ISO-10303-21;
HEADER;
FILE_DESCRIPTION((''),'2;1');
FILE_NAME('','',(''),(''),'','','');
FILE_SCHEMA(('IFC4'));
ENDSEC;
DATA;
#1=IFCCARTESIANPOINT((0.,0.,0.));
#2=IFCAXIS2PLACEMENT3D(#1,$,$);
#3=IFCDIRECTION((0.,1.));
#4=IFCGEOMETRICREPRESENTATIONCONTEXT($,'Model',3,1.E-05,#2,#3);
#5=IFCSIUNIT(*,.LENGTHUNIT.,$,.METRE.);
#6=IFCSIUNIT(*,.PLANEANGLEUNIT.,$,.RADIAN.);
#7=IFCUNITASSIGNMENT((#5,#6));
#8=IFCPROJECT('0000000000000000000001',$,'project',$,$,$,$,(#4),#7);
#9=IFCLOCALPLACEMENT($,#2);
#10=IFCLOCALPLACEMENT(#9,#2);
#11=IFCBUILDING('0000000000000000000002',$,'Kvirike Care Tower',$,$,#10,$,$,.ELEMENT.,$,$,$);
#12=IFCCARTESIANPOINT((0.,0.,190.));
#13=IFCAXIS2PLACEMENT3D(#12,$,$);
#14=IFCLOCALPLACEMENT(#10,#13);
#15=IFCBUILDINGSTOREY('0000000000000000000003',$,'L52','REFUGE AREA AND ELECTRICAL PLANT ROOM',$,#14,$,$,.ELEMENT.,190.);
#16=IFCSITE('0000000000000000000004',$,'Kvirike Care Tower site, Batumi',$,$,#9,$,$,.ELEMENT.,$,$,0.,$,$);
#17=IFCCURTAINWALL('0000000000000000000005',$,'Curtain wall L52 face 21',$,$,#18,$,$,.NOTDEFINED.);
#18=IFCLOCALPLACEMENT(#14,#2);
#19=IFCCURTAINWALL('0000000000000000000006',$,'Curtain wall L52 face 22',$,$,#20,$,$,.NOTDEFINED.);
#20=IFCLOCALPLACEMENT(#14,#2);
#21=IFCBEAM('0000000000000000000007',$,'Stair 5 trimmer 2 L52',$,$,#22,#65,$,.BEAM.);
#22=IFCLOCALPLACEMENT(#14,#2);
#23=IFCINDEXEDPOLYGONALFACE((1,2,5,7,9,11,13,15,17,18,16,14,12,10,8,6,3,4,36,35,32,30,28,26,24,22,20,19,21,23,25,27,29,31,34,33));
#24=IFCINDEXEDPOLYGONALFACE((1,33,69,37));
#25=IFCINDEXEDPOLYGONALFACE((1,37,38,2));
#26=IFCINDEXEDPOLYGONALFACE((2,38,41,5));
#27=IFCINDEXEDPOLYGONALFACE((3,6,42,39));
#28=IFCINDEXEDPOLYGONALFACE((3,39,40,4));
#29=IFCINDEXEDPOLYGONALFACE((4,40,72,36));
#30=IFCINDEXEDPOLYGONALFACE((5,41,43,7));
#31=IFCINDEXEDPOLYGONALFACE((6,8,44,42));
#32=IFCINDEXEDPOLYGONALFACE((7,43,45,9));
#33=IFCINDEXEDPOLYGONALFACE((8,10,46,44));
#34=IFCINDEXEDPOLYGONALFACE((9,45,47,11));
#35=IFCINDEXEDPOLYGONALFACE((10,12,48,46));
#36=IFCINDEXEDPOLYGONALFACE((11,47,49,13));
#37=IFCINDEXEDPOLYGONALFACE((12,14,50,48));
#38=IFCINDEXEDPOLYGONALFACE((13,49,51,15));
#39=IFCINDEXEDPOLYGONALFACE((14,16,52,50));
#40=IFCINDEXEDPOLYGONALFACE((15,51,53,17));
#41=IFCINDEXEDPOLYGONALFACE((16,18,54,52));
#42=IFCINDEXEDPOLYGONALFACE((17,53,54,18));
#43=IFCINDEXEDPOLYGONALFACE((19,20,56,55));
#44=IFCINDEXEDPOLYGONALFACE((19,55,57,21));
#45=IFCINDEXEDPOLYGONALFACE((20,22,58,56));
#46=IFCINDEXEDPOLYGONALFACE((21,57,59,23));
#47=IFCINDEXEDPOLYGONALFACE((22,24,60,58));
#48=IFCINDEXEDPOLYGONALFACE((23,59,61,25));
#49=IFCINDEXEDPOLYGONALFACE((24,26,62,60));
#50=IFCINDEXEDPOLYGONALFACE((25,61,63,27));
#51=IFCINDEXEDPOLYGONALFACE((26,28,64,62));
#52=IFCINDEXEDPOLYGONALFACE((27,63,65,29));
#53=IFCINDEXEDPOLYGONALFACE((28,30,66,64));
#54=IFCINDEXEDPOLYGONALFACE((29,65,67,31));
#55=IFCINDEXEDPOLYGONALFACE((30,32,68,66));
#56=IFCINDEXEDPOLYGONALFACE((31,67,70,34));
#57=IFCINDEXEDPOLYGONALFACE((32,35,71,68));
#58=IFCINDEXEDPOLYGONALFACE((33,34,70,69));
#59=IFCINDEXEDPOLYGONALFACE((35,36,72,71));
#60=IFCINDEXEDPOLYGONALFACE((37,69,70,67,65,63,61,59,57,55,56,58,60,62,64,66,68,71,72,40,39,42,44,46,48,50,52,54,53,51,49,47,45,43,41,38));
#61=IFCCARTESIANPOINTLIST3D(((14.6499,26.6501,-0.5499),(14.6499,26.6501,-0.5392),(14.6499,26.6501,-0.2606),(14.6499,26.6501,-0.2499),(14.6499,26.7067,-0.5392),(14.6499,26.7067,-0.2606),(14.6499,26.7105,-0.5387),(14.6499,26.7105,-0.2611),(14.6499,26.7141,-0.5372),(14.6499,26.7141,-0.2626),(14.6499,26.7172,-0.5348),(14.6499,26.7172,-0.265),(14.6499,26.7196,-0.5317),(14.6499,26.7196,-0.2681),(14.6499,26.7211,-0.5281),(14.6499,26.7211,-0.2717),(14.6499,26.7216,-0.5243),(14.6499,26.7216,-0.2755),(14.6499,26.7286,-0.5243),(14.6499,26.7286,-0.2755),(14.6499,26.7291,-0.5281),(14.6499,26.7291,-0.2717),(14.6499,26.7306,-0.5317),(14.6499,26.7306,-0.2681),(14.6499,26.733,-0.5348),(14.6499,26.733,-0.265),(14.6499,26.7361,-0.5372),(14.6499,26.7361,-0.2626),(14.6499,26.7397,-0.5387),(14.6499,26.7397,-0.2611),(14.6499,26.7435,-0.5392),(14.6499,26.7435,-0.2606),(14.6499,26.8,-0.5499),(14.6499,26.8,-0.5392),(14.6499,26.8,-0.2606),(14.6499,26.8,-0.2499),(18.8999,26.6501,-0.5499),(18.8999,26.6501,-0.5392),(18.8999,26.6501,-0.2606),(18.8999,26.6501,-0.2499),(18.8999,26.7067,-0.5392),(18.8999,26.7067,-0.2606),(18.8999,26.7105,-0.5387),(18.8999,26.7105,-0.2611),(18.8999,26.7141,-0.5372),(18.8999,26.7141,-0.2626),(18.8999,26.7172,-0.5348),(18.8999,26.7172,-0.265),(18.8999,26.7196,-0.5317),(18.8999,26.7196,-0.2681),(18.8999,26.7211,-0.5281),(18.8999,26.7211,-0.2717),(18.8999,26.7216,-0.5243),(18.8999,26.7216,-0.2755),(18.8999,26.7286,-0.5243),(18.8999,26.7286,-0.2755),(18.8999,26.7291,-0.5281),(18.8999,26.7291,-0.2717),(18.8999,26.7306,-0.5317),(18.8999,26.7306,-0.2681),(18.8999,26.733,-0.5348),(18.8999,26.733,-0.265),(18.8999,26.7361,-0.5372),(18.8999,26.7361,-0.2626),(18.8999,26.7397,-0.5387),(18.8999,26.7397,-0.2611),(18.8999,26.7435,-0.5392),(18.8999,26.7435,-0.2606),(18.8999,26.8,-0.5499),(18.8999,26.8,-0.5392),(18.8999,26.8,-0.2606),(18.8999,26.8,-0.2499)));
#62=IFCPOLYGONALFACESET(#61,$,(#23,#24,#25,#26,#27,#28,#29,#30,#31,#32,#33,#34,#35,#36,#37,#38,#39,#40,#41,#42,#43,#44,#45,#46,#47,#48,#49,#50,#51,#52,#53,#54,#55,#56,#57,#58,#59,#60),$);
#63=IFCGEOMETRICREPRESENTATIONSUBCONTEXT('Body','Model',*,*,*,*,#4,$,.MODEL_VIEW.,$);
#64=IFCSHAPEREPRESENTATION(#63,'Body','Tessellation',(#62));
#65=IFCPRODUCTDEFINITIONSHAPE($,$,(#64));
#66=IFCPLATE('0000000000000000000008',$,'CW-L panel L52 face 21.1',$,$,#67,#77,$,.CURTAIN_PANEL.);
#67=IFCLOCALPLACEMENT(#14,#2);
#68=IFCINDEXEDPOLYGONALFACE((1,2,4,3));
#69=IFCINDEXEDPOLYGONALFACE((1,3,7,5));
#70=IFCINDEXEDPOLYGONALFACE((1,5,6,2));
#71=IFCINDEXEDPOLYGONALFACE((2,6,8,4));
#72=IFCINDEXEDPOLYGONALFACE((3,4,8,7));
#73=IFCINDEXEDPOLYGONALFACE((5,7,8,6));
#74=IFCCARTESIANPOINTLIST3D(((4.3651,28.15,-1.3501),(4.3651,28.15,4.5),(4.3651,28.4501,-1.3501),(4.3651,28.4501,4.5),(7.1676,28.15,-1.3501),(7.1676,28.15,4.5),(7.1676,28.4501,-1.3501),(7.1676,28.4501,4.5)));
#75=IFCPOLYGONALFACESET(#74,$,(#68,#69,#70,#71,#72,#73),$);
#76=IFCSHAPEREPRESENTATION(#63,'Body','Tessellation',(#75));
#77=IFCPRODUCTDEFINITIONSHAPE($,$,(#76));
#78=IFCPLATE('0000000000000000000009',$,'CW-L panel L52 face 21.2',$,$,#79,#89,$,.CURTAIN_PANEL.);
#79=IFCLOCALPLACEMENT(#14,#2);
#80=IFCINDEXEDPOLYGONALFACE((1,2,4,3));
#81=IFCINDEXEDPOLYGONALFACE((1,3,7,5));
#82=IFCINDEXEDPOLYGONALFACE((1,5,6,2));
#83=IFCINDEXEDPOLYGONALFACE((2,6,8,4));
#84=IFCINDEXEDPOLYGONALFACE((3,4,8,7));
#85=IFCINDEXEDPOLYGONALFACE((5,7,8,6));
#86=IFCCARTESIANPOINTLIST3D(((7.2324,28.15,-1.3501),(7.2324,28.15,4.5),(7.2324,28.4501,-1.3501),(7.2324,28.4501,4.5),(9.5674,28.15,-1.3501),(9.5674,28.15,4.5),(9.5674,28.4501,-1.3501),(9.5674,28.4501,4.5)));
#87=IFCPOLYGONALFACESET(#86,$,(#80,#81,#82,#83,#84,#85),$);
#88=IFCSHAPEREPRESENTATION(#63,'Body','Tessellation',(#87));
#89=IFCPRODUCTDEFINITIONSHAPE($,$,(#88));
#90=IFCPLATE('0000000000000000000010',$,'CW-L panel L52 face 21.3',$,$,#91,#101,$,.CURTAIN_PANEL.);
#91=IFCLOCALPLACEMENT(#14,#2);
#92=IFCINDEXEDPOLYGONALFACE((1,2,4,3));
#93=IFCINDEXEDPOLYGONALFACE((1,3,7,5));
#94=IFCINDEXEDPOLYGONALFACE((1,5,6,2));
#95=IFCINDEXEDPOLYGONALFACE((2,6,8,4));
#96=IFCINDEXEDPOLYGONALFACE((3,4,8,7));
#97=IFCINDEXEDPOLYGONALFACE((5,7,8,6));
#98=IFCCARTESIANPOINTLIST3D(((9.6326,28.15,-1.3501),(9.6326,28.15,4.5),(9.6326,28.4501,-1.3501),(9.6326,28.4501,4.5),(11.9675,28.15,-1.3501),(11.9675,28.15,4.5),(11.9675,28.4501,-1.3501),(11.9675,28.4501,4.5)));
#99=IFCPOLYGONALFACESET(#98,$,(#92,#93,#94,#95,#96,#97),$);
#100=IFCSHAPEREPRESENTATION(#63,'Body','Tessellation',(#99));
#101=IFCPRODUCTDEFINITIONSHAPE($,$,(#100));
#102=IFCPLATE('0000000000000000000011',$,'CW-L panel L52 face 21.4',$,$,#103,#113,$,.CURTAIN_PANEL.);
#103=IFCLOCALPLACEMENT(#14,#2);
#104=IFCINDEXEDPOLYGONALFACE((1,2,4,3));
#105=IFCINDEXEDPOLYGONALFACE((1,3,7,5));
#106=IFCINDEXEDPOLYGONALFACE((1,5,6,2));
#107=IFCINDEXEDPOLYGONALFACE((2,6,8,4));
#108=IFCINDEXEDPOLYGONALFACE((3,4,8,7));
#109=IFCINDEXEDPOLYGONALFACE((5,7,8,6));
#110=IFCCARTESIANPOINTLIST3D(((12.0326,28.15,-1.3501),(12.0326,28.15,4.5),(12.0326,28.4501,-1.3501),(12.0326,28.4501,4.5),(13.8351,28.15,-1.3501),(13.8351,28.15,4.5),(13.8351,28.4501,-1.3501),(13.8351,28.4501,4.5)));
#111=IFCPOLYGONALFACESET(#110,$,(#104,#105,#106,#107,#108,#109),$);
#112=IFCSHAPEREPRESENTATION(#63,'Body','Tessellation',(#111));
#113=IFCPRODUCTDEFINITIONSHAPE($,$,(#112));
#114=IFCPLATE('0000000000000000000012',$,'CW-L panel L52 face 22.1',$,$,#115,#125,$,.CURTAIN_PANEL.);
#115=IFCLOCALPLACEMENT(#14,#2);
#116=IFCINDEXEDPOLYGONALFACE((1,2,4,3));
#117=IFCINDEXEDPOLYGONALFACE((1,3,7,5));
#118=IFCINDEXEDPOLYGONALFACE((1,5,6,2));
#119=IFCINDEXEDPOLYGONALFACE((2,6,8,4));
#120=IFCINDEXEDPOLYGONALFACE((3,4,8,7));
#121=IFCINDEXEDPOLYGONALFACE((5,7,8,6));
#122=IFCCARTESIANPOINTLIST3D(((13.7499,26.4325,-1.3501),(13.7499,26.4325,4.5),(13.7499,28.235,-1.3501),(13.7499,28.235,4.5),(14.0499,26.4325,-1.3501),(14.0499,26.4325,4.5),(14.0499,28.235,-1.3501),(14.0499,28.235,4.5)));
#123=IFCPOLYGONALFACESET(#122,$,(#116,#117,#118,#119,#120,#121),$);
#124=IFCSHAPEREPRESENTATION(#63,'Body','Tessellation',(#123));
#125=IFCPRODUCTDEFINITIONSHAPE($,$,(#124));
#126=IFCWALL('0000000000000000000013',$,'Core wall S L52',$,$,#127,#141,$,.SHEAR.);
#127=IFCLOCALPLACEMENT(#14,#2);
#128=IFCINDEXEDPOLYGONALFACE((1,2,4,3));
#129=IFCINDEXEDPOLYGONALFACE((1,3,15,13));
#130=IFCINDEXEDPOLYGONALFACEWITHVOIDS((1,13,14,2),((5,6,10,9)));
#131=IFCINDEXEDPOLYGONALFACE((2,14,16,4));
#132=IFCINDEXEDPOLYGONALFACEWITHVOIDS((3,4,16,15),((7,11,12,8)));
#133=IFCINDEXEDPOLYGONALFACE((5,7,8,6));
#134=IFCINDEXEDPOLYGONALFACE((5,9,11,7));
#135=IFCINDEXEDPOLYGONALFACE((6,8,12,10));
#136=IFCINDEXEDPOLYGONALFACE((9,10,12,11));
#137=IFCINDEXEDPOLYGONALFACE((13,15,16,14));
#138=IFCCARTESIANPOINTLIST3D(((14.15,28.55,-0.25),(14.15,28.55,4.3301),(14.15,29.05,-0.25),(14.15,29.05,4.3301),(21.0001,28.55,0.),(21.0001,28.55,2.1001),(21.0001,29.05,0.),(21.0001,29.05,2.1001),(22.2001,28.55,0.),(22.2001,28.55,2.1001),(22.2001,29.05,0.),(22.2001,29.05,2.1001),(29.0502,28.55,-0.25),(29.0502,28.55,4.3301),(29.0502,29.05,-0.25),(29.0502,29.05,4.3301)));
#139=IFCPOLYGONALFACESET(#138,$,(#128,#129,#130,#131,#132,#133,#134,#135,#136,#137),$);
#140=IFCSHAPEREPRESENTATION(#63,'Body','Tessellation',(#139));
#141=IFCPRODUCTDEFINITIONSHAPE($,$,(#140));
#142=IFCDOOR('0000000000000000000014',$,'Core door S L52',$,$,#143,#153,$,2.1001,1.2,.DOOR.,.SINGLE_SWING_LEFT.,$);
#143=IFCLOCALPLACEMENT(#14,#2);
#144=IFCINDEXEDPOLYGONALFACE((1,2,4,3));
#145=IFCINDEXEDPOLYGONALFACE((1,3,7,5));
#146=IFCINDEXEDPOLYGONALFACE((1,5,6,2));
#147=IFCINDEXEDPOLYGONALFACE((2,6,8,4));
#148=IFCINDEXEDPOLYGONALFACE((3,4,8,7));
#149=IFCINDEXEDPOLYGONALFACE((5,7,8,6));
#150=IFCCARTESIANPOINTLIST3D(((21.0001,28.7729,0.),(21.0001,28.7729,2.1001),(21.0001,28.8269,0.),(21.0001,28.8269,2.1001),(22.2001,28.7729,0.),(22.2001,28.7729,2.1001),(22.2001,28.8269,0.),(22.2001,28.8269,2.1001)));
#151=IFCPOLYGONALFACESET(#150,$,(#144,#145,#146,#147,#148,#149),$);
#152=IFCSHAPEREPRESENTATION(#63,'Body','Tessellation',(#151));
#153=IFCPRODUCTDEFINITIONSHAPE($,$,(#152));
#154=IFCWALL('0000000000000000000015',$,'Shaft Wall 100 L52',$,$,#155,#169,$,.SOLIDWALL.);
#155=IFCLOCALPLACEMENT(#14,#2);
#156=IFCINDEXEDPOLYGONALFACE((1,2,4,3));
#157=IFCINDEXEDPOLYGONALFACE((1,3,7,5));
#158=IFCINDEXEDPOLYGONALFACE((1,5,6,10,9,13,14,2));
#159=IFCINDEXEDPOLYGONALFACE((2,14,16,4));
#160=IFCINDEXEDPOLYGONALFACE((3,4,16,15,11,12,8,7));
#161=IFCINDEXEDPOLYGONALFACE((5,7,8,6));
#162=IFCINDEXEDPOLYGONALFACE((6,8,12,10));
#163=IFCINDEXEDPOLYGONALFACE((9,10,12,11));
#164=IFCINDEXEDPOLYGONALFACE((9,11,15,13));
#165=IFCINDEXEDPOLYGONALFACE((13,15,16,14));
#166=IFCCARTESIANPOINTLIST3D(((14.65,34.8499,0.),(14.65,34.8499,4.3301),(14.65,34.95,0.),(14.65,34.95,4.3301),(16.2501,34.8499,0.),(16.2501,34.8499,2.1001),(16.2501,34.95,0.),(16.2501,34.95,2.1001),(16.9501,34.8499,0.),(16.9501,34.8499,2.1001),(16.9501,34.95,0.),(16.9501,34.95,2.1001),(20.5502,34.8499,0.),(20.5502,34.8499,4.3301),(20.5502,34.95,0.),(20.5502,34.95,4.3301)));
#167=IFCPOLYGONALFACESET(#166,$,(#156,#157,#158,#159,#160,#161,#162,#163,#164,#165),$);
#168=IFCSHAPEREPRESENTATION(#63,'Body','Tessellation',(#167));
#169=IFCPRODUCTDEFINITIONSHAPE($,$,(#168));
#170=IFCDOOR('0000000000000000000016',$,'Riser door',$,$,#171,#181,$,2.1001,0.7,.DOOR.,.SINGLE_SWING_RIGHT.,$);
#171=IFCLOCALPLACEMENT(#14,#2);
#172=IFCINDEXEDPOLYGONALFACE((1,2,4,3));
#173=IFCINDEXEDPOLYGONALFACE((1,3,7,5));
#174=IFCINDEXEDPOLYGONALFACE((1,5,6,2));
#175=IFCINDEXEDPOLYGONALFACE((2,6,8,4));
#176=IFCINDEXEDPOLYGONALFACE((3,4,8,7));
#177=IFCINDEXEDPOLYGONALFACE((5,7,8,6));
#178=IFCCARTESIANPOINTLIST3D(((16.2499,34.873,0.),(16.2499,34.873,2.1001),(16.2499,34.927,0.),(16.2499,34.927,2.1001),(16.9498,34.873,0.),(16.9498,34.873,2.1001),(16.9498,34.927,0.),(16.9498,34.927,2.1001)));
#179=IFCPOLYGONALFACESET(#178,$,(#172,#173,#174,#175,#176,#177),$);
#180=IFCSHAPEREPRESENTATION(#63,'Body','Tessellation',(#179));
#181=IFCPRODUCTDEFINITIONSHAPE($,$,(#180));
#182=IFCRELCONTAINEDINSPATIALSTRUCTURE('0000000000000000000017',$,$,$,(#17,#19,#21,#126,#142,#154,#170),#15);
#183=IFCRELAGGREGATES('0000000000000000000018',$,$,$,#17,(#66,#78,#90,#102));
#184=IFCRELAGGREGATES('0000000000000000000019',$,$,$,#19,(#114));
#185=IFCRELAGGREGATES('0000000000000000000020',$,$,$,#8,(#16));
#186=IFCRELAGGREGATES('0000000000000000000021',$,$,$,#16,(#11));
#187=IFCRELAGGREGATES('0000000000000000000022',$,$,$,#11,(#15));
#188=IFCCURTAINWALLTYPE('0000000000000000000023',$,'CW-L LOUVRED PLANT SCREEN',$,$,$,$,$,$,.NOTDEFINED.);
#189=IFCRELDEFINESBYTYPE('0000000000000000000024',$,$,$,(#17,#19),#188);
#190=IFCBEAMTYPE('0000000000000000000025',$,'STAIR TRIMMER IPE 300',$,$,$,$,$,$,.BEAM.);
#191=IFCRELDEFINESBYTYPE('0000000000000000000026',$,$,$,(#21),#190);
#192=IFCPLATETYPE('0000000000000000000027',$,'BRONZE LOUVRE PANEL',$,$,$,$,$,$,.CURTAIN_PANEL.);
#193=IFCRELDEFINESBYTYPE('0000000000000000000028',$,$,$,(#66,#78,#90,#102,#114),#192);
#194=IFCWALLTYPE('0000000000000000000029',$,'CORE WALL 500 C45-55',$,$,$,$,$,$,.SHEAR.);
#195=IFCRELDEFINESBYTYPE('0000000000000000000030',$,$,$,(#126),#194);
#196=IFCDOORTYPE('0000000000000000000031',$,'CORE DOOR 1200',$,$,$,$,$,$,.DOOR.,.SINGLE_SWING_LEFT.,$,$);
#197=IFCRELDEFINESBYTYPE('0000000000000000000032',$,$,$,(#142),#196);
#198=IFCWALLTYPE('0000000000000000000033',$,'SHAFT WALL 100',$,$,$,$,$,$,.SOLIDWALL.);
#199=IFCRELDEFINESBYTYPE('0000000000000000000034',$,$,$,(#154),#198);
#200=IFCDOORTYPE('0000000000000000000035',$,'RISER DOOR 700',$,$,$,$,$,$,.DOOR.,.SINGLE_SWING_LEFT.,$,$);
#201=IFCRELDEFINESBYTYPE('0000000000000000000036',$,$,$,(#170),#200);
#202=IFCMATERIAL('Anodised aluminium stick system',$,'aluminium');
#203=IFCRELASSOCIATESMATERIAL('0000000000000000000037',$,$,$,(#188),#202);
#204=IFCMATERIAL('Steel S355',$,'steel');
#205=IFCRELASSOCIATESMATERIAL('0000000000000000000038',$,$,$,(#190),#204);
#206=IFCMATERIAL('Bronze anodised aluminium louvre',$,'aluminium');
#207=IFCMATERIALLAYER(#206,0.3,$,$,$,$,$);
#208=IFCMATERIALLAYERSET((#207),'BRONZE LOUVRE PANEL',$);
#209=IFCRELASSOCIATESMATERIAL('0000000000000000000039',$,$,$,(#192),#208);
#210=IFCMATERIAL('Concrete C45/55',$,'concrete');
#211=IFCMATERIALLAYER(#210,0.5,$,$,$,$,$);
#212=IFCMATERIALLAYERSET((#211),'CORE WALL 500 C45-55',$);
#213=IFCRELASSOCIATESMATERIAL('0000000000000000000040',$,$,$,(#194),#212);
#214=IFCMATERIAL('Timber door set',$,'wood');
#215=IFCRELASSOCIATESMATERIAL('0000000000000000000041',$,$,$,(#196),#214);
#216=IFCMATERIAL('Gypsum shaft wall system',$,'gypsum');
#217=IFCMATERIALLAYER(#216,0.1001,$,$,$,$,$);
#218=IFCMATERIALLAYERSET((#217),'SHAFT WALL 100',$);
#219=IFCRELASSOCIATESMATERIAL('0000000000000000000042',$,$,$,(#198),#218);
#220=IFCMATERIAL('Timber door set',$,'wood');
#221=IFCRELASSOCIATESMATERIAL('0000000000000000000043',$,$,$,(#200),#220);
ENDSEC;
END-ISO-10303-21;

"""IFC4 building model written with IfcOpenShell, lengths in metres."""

from ifc_helpers import new_model, si_unit, direction, frame, frame_2d, origin, origin_2d, place, context, subcontext, project, spatial, rectangle, i_section, extrude, material, layer, layer_set, material_profile, profile_set, type_object, element, fill, aggregate, save


model = new_model("IFC4")

# Units and contexts
model_context = context("Model", 3, precision=1e-05, world=origin(), true_north=direction((0.0, 1.0)))
body_context = subcontext(model_context, "Body", "Model", "MODEL_VIEW")
ifc_project = project(units=[si_unit("LENGTHUNIT", "METRE"), si_unit("PLANEANGLEUNIT", "RADIAN")], contexts=[model_context])

# Site, building, storey
site_placement = place(None, origin())
site = spatial("IfcSite", under=ifc_project, at=site_placement, Name="Kvirike Care Tower site, Batumi", CompositionType="ELEMENT", RefElevation=0.0)
building_placement = place(site_placement, origin())
building = spatial("IfcBuilding", under=site, at=building_placement, Name="Kvirike Care Tower", CompositionType="ELEMENT")
storey_placement = place(building_placement, frame((0.0, 0.0, 190.0)))
storey = spatial("IfcBuildingStorey", under=building, at=storey_placement, Name="L52", Description="REFUGE AREA AND ELECTRICAL PLANT ROOM", CompositionType="ELEMENT", Elevation=190.0)

# Curtain walls
ifc_material_1 = material(Name="Anodised aluminium stick system", Category="aluminium")
curtain_wall_type = type_object("IfcCurtainWallType", Name="CW-L LOUVRED PLANT SCREEN", PredefinedType="NOTDEFINED", material=ifc_material_1)
curtain_wall_1_placement = place(storey_placement, origin())
curtain_wall_1 = element("IfcCurtainWall", 1, at=curtain_wall_1_placement, inside=storey, type_object=curtain_wall_type, Name="Curtain wall L52 face 21", PredefinedType="NOTDEFINED")
curtain_wall_2_placement = place(storey_placement, origin())
curtain_wall_2 = element("IfcCurtainWall", 2, at=curtain_wall_2_placement, inside=storey, type_object=curtain_wall_type, Name="Curtain wall L52 face 22", PredefinedType="NOTDEFINED")

# Beam
ifc_material_2 = material(Name="Steel S355", Category="steel")
ifc_material_profile_1 = material_profile(ifc_material_2, i_section(OverallWidth=0.1499, OverallDepth=0.3, WebThickness=0.0071, FlangeThickness=0.0107, FilletRadius=0.0149, at=origin_2d()), Name="IPE 300")
ifc_profile_set_1 = profile_set([ifc_material_profile_1], Name="Steel S355")
beam_type_1 = type_object("IfcBeamType", Name="STAIR TRIMMER IPE 300", PredefinedType="BEAM", material=ifc_profile_set_1)
for number, where, z_axis, x_axis, name in (
    (3, (14.6499, 26.7251, -0.3999), (1.0, 0.0, 0.0), (0.0, 1.0, 0.0), "Stair 5 trimmer 2 L52"),
):
    element("IfcBeam", number, at=place(storey_placement, frame(where, z_axis=z_axis, x_axis=x_axis)), inside=storey, type_object=beam_type_1, Name=name, PredefinedType="BEAM", context=body_context, shape_type="SweptSolid", body=[
        extrude(i_section(OverallWidth=0.1499, OverallDepth=0.3, WebThickness=0.0071, FlangeThickness=0.0107, FilletRadius=0.0149, at=origin_2d()), origin(), (0.0, 0.0, 1.0), 4.25),
    ])

# Plates
ifc_material_3 = material(Name="Bronze anodised aluminium louvre", Category="aluminium")
ifc_layer_1 = layer(ifc_material_3, 0.3)
ifc_layer_set_1 = layer_set([ifc_layer_1], Name="BRONZE LOUVRE PANEL")
plate_type = type_object("IfcPlateType", Name="BRONZE LOUVRE PANEL", PredefinedType="CURTAIN_PANEL", material=ifc_layer_set_1)
plate_1_placement = place(storey_placement, frame((5.7664, 28.3, -1.3501), z_axis=(0.0, 0.0, 1.0), x_axis=(1.0, 0.0, 0.0)))
plate_1 = element("IfcPlate", 4, at=plate_1_placement, type_object=plate_type, Name="CW-L panel L52 face 21.1", PredefinedType="CURTAIN_PANEL", context=body_context, shape_type="SweptSolid", body=[
    extrude(rectangle(XDim=2.8025, YDim=0.3, at=origin_2d()), origin(), (0.0, 0.0, 1.0), 5.8501),
])
plate_2_placement = place(storey_placement, frame((8.3999, 28.3, -1.3501), z_axis=(0.0, 0.0, 1.0), x_axis=(1.0, 0.0, 0.0)))
plate_2 = element("IfcPlate", 5, at=plate_2_placement, type_object=plate_type, Name="CW-L panel L52 face 21.2", PredefinedType="CURTAIN_PANEL", context=body_context, shape_type="SweptSolid", body=[
    extrude(rectangle(XDim=2.335, YDim=0.3, at=origin_2d()), origin(), (0.0, 0.0, 1.0), 5.8501),
])
plate_3_placement = place(storey_placement, frame((10.8, 28.3, -1.3501), z_axis=(0.0, 0.0, 1.0), x_axis=(1.0, 0.0, 0.0)))
plate_3 = element("IfcPlate", 6, at=plate_3_placement, type_object=plate_type, Name="CW-L panel L52 face 21.3", PredefinedType="CURTAIN_PANEL", context=body_context, shape_type="SweptSolid", body=[
    extrude(rectangle(XDim=2.335, YDim=0.3, at=origin_2d()), origin(), (0.0, 0.0, 1.0), 5.8501),
])
plate_4_placement = place(storey_placement, frame((12.9338, 28.3, -1.3501), z_axis=(0.0, 0.0, 1.0), x_axis=(1.0, 0.0, 0.0)))
plate_4 = element("IfcPlate", 7, at=plate_4_placement, type_object=plate_type, Name="CW-L panel L52 face 21.4", PredefinedType="CURTAIN_PANEL", context=body_context, shape_type="SweptSolid", body=[
    extrude(rectangle(XDim=1.8025, YDim=0.3, at=origin_2d()), origin(), (0.0, 0.0, 1.0), 5.8501),
])
aggregate(curtain_wall_1, [plate_1, plate_2, plate_3, plate_4])
plate_5_placement = place(storey_placement, frame((13.8999, 27.3337, -1.3501), z_axis=(0.0, 0.0, 1.0), x_axis=(0.0, -1.0, 0.0)))
plate_5 = element("IfcPlate", 8, at=plate_5_placement, type_object=plate_type, Name="CW-L panel L52 face 22.1", PredefinedType="CURTAIN_PANEL", context=body_context, shape_type="SweptSolid", body=[
    extrude(rectangle(XDim=1.8025, YDim=0.3, at=origin_2d()), origin(), (0.0, 0.0, 1.0), 5.8501),
])
aggregate(curtain_wall_2, [plate_5])

# Walls, openings, doors
ifc_material_4 = material(Name="Concrete C45/55", Category="concrete")
ifc_layer_2 = layer(ifc_material_4, 0.5)
ifc_layer_set_2 = layer_set([ifc_layer_2], Name="CORE WALL 500 C45-55")
wall_type_1 = type_object("IfcWallType", Name="CORE WALL 500 C45-55", PredefinedType="SHEAR", material=ifc_layer_set_2)
wall_1_placement = place(storey_placement, frame((14.1499, 28.8, -0.25), z_axis=(0.0, 0.0, 1.0), x_axis=(1.0, 0.0, 0.0)))
wall_1 = element("IfcWall", 9, at=wall_1_placement, inside=storey, type_object=wall_type_1, Name="Core wall S L52", PredefinedType="SHEAR", context=body_context, shape_type="SweptSolid", body=[
    extrude(rectangle(XDim=14.9001, YDim=0.5, at=frame_2d((7.4502, 0.0))), origin(), (0.0, 0.0, 1.0), 4.5801),
])
opening_1_placement = place(wall_1_placement, frame((6.8501, 0.0, 0.25)))
opening_1 = element("IfcOpeningElement", 10, at=opening_1_placement, cuts=wall_1, PredefinedType="OPENING", context=body_context, shape_type="SweptSolid", body=[
    extrude(rectangle(XDim=1.2, YDim=2.1001, at=frame_2d((0.6001, 1.05))), frame((0.0, 0.2605, 0.0), z_axis=(0.0, -1.0, 0.0), x_axis=(1.0, 0.0, 0.0)), (0.0, 0.0, 1.0), 0.521),
])
ifc_material_5 = material(Name="Timber door set", Category="wood")
door_type_1 = type_object("IfcDoorType", Name="CORE DOOR 1200", OperationType="SINGLE_SWING_LEFT", PredefinedType="DOOR", material=ifc_material_5)
door_1_placement = place(opening_1_placement, origin())
door_1 = element("IfcDoor", 11, at=door_1_placement, inside=storey, type_object=door_type_1, Name="Core door S L52", OperationType="SINGLE_SWING_LEFT", OverallHeight=2.1001, OverallWidth=1.2, PredefinedType="DOOR", context=body_context, shape_type="SweptSolid", body=[
    extrude(rectangle(XDim=1.2, YDim=2.1001, at=frame_2d((0.6001, 1.05))), frame((0.0, 0.0269, 0.0), z_axis=(0.0, -1.0, 0.0), x_axis=(1.0, 0.0, 0.0)), (0.0, 0.0, 1.0), 0.054),
])
fill(opening_1, door_1)
ifc_material_6 = material(Name="Gypsum shaft wall system", Category="gypsum")
ifc_layer_3 = layer(ifc_material_6, 0.1001)
ifc_layer_set_3 = layer_set([ifc_layer_3], Name="SHAFT WALL 100")
wall_type_2 = type_object("IfcWallType", Name="SHAFT WALL 100", PredefinedType="SOLIDWALL", material=ifc_layer_set_3)
wall_2_placement = place(storey_placement, frame((14.6499, 34.8999, 0.0), z_axis=(0.0, 0.0, 1.0), x_axis=(1.0, 0.0, 0.0)))
wall_2 = element("IfcWall", 12, at=wall_2_placement, inside=storey, type_object=wall_type_2, Name="Shaft Wall 100 L52", PredefinedType="SOLIDWALL", context=body_context, shape_type="SweptSolid", body=[
    extrude(rectangle(XDim=5.9001, YDim=0.1001, at=frame_2d((2.9502, 0.0))), origin(), (0.0, 0.0, 1.0), 4.3301),
])
opening_2_placement = place(wall_2_placement, frame((1.6001, 0.0, 0.0)))
opening_2 = element("IfcOpeningElement", 13, at=opening_2_placement, cuts=wall_2, PredefinedType="OPENING", context=body_context, shape_type="SweptSolid", body=[
    extrude(rectangle(XDim=0.7, YDim=2.1001, at=frame_2d((0.3501, 1.05))), frame((0.0, 0.0605, 0.0), z_axis=(0.0, -1.0, 0.0), x_axis=(1.0, 0.0, 0.0)), (0.0, 0.0, 1.0), 0.1211),
])
ifc_material_7 = material(Name="Timber door set", Category="wood")
door_type_2 = type_object("IfcDoorType", Name="RISER DOOR 700", OperationType="SINGLE_SWING_LEFT", PredefinedType="DOOR", material=ifc_material_7)
door_2_placement = place(opening_2_placement, frame((0.7, 0.0, 0.0), z_axis=(0.0, 0.0, 1.0), x_axis=(-1.0, 0.0, 0.0)))
door_2 = element("IfcDoor", 14, at=door_2_placement, inside=storey, type_object=door_type_2, Name="Riser door", OperationType="SINGLE_SWING_RIGHT", OverallHeight=2.1001, OverallWidth=0.7, PredefinedType="DOOR", context=body_context, shape_type="SweptSolid", body=[
    extrude(rectangle(XDim=0.7, YDim=2.1001, at=frame_2d((0.3501, 1.05))), frame((0.0, 0.0269, 0.0), z_axis=(0.0, -1.0, 0.0), x_axis=(1.0, 0.0, 0.0)), (0.0, 0.0, 1.0), 0.054),
])
fill(opening_2, door_2)

save(model, "model.ifc")
